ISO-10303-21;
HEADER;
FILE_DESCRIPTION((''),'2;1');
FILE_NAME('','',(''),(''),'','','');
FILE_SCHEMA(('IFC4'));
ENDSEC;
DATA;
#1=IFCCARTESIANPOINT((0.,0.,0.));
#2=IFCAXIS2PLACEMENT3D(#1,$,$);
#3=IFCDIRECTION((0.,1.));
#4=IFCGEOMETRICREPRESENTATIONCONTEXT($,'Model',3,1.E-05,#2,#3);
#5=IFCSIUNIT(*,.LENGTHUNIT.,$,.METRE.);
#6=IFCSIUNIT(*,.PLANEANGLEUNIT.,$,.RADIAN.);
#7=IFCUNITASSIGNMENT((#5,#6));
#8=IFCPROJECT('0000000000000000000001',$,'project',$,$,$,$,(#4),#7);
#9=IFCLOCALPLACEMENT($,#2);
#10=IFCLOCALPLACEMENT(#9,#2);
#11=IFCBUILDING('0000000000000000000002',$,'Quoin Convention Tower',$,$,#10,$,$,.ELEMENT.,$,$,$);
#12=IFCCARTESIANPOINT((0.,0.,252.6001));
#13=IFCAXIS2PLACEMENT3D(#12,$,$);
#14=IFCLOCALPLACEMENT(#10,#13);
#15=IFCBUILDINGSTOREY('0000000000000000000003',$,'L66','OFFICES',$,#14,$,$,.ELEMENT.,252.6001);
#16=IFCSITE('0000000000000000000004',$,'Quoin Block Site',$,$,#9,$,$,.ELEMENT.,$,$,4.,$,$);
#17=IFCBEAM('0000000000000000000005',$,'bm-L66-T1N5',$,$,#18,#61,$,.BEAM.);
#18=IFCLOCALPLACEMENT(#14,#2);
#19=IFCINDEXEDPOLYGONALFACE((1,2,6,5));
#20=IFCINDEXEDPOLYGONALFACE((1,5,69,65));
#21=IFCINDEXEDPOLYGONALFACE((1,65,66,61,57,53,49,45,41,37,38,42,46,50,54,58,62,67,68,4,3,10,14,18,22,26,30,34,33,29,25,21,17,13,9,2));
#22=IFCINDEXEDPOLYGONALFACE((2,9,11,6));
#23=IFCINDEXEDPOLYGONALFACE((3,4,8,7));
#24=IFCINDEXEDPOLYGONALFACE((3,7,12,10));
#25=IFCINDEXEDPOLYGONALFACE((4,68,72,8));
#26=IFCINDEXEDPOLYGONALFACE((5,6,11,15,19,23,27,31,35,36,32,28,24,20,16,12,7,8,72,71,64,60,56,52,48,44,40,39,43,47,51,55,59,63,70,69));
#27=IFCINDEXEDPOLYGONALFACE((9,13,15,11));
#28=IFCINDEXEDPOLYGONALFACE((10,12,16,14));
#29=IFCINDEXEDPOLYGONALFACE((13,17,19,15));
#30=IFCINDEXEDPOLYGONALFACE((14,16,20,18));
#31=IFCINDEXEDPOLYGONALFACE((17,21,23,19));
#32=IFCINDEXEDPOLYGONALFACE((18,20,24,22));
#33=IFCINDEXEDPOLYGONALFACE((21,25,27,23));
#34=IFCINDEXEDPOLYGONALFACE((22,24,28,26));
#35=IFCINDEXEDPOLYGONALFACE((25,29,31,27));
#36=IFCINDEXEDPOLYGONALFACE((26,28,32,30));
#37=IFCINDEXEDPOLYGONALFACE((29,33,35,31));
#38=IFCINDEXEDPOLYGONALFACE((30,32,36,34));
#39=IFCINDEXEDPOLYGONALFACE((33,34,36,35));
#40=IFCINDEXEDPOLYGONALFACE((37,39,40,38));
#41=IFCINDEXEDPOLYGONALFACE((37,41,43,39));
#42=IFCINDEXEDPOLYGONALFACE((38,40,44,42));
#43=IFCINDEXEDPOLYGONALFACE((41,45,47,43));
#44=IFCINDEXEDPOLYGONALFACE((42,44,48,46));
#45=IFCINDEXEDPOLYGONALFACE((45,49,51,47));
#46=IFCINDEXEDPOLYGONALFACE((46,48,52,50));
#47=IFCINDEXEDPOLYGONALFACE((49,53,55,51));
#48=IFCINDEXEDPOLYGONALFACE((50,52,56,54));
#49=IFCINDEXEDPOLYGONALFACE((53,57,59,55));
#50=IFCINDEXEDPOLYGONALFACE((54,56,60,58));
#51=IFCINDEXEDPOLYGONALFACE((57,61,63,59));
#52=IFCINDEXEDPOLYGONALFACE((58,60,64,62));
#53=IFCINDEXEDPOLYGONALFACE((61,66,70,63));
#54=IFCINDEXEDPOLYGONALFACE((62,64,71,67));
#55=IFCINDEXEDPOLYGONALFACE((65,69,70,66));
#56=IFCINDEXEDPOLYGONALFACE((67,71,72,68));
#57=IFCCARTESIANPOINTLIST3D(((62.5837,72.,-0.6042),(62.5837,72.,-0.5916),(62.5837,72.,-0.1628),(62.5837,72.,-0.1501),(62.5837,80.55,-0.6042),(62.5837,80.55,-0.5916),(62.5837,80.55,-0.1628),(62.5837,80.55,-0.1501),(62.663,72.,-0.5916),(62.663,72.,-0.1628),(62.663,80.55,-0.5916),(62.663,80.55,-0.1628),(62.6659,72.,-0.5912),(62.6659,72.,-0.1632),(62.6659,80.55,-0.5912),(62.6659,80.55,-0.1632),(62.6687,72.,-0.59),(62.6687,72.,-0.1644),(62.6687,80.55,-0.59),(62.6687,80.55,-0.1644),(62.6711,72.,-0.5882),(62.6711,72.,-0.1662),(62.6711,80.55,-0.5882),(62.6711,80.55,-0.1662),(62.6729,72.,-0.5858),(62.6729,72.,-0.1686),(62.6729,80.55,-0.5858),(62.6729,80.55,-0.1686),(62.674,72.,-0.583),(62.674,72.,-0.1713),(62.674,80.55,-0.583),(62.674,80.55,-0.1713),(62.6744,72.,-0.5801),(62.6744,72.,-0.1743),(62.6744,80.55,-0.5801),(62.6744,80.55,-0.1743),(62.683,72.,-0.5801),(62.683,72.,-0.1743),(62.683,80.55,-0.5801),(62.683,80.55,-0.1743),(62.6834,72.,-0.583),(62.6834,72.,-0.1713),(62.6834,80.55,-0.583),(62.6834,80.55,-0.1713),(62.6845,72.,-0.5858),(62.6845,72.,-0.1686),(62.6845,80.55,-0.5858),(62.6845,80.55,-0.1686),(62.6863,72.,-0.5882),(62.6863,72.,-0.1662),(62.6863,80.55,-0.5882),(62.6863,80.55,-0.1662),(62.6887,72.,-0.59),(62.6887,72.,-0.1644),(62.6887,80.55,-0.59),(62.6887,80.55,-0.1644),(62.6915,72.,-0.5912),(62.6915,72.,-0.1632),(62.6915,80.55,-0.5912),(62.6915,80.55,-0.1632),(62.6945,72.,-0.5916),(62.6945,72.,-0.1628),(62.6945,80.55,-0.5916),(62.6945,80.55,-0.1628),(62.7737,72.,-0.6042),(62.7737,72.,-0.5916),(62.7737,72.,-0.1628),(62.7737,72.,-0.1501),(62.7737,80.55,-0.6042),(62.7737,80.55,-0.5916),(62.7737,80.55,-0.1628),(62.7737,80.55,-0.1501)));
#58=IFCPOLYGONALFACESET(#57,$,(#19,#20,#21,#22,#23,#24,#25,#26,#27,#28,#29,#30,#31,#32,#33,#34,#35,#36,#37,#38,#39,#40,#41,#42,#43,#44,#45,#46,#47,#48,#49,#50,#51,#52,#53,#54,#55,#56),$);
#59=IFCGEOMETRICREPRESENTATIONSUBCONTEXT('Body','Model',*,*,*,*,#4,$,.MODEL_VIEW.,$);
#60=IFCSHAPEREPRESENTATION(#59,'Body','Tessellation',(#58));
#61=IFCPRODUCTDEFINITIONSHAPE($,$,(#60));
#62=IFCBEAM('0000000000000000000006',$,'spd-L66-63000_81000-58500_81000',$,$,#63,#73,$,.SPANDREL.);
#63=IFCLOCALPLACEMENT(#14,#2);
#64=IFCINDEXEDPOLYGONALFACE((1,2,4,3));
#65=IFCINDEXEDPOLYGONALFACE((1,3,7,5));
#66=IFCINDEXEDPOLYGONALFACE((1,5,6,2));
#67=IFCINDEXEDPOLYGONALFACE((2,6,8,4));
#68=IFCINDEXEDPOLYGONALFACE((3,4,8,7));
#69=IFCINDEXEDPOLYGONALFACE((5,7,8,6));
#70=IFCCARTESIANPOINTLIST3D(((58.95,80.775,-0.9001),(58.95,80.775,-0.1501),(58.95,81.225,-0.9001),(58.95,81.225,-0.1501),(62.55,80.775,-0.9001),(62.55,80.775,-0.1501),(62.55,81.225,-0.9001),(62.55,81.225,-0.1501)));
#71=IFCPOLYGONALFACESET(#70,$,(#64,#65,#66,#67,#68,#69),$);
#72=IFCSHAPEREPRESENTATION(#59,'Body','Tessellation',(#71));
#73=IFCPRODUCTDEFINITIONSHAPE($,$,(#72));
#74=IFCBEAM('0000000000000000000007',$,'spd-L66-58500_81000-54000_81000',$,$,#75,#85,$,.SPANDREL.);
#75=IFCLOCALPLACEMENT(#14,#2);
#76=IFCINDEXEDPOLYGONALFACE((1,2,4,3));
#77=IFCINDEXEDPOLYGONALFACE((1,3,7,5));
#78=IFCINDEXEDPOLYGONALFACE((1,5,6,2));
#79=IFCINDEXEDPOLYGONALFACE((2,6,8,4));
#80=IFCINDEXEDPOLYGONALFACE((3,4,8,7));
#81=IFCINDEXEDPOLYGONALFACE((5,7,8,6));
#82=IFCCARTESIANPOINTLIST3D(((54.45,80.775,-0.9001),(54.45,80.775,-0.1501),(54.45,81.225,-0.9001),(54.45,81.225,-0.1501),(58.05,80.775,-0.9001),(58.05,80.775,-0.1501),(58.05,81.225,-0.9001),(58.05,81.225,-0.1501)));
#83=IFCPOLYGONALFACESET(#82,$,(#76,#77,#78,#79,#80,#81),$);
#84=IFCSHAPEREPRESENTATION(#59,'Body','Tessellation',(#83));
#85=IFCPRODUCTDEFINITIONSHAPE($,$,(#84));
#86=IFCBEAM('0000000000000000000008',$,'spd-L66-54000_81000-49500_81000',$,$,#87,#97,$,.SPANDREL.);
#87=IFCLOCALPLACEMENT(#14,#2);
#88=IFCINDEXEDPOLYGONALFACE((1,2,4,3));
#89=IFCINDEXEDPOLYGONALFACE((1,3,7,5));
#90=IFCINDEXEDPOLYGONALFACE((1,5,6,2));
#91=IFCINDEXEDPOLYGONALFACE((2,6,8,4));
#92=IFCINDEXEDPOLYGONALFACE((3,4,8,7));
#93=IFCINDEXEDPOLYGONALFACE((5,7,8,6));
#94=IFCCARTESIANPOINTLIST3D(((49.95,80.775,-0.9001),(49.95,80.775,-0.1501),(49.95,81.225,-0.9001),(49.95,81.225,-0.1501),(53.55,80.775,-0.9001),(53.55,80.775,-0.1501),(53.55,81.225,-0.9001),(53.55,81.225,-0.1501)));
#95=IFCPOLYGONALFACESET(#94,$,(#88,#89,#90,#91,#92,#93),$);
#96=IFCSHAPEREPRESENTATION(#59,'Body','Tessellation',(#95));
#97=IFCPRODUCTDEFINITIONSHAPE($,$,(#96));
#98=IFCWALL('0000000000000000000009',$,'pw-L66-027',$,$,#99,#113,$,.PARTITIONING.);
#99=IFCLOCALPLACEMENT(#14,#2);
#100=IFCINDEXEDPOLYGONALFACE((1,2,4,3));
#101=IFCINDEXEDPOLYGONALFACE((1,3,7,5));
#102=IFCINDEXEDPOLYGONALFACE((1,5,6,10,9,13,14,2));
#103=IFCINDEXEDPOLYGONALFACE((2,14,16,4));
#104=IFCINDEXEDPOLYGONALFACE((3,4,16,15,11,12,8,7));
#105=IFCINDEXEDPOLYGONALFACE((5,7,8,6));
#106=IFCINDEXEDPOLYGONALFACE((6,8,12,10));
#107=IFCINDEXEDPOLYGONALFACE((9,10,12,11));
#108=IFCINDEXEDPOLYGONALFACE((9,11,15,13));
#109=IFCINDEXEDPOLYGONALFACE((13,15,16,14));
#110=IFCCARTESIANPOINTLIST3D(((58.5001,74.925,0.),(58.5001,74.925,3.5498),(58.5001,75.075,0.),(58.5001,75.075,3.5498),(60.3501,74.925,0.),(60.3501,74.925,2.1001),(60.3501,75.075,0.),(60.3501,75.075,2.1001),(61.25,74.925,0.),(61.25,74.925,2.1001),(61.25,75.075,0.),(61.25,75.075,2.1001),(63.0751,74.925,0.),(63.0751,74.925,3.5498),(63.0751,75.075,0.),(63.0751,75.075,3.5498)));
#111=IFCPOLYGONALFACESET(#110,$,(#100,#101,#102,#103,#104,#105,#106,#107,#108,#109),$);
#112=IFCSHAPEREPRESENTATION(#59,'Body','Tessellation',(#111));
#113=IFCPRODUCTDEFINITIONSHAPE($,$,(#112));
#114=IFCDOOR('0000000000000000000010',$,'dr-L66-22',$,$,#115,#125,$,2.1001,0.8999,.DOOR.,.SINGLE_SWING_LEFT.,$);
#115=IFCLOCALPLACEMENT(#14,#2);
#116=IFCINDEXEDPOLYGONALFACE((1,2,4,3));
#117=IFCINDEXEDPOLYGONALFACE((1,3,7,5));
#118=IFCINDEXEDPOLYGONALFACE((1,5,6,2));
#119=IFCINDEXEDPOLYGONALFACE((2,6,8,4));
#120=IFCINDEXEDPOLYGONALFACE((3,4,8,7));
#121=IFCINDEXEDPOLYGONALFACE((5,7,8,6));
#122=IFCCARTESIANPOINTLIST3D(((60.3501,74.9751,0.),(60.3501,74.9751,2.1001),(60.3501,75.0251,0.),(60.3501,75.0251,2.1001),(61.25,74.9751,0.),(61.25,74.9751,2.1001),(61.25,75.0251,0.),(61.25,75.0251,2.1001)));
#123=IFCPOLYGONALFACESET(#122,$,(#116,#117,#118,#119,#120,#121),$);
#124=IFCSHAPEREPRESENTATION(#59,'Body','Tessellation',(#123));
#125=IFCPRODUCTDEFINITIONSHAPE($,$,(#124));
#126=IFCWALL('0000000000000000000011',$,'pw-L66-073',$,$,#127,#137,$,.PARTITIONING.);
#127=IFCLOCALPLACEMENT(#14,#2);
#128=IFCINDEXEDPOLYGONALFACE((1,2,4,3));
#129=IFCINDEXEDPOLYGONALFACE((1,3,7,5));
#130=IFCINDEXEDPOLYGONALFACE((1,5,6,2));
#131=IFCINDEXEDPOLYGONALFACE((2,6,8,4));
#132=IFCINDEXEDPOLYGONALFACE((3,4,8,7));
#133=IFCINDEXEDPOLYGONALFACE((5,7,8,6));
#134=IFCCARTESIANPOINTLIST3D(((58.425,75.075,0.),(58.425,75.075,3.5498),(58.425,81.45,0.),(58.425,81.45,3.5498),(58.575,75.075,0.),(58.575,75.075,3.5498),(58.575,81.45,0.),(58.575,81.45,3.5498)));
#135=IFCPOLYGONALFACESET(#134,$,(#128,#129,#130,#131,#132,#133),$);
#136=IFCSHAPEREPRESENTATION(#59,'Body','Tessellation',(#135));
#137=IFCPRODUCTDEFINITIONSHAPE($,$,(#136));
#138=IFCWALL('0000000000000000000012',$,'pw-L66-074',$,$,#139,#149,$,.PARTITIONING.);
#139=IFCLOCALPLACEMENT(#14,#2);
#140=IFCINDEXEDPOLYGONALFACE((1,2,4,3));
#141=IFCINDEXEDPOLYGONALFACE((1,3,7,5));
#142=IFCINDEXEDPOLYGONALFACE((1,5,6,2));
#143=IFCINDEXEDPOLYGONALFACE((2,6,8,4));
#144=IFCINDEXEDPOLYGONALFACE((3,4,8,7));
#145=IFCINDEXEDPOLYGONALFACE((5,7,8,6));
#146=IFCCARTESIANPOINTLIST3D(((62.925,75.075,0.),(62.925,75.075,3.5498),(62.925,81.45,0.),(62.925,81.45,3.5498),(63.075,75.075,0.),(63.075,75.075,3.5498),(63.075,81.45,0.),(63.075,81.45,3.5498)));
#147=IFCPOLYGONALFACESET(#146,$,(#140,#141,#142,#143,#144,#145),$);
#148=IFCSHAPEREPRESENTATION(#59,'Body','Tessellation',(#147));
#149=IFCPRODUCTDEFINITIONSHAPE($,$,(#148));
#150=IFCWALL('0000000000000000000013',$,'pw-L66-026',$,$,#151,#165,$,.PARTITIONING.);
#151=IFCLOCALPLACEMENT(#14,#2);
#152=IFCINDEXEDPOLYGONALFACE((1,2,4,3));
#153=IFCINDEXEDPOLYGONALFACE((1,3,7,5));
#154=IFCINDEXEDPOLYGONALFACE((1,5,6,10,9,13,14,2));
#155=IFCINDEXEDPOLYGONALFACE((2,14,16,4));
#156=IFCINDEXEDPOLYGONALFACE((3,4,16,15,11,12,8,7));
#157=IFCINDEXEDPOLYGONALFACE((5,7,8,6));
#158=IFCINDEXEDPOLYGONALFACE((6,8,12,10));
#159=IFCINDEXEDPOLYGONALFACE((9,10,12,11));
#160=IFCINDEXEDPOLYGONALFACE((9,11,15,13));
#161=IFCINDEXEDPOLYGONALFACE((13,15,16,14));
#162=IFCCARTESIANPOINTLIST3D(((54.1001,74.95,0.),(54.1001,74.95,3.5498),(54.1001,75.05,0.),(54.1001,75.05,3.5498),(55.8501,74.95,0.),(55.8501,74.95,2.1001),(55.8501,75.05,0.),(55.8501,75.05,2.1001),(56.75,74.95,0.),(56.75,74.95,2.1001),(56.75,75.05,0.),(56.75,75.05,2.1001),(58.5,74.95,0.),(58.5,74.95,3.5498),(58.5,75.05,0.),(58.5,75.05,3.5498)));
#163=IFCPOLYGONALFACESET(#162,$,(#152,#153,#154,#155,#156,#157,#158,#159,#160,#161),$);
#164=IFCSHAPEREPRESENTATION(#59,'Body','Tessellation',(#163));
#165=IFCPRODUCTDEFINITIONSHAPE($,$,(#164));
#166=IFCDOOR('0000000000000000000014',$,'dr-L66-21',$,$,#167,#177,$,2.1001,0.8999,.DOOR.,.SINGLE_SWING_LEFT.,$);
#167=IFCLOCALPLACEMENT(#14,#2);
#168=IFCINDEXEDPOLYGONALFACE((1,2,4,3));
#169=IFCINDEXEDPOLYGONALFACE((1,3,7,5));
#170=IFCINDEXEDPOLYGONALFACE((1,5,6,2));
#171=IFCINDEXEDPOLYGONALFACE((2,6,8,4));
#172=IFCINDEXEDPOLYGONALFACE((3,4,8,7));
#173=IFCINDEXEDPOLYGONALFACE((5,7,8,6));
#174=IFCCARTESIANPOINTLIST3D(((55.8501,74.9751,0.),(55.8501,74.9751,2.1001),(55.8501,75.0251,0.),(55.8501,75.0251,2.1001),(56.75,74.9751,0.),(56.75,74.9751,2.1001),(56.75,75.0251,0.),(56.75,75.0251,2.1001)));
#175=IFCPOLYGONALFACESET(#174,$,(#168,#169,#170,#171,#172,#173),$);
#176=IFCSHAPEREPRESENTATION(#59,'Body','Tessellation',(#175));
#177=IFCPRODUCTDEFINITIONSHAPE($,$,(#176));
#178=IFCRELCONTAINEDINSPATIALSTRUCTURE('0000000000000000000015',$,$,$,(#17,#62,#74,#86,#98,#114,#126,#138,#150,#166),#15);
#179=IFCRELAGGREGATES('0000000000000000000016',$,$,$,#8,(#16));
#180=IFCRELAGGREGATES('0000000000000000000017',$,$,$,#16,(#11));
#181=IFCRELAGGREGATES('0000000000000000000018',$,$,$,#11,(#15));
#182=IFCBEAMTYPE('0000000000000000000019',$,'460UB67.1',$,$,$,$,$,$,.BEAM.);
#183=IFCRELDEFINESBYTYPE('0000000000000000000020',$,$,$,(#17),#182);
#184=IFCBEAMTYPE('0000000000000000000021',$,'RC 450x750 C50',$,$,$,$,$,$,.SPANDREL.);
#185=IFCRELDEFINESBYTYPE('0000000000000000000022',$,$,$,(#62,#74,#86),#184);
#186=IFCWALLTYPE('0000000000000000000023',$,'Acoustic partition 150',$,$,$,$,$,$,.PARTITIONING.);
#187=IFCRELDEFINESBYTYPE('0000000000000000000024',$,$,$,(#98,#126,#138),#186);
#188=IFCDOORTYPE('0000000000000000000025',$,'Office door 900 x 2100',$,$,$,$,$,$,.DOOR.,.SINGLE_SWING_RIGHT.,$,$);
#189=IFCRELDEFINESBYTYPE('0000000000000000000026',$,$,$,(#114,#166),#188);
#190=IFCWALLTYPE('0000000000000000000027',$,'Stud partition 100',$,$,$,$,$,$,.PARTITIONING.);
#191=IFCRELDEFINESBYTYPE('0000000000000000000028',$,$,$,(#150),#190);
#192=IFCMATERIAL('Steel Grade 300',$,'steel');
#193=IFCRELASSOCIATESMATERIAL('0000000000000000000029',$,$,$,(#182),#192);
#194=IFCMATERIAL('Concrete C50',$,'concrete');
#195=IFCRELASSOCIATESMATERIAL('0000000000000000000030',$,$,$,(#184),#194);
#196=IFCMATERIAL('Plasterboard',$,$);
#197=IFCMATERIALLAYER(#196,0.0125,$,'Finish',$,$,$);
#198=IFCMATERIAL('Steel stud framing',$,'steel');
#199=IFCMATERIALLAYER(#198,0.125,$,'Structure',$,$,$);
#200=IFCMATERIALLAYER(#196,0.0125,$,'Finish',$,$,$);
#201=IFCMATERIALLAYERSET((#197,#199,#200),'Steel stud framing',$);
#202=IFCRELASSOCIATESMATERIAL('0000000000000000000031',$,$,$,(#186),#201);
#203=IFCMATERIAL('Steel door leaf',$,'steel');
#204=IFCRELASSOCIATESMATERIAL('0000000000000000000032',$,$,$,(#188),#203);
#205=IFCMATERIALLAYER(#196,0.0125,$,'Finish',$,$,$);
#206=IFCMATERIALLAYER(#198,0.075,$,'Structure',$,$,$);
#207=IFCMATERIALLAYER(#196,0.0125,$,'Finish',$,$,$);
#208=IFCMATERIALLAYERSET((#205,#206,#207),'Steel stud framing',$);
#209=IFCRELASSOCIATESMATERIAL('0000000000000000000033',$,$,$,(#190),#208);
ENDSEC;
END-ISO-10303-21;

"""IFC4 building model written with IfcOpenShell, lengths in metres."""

from ifc_helpers import new_model, si_unit, direction, frame, frame_2d, origin, origin_2d, place, context, subcontext, project, spatial, rectangle, i_section, extrude, material, layer, layer_set, material_profile, profile_set, type_object, element, fill, save


model = new_model("IFC4")

# Units and contexts
model_context = context("Model", 3, precision=1e-05, world=origin(), true_north=direction((0.0, 1.0)))
body_context = subcontext(model_context, "Body", "Model", "MODEL_VIEW")
ifc_project = project(units=[si_unit("LENGTHUNIT", "METRE"), si_unit("PLANEANGLEUNIT", "RADIAN")], contexts=[model_context])

# Site, building, storey
site_placement = place(None, origin())
site = spatial("IfcSite", under=ifc_project, at=site_placement, Name="Quoin Block Site", CompositionType="ELEMENT", RefElevation=4.0)
building_placement = place(site_placement, origin())
building = spatial("IfcBuilding", under=site, at=building_placement, Name="Quoin Convention Tower", CompositionType="ELEMENT")
storey_placement = place(building_placement, frame((0.0, 0.0, 252.6001)))
storey = spatial("IfcBuildingStorey", under=building, at=storey_placement, Name="L66", Description="OFFICES", CompositionType="ELEMENT", Elevation=252.6001)

# Shared definitions
ifc_material_1 = material(Name="Concrete C50", Category="concrete")

# Beams
ifc_material_2 = material(Name="Steel Grade 300", Category="steel")
ifc_material_profile_1 = material_profile(ifc_material_2, i_section(OverallWidth=0.1899, OverallDepth=0.4541, WebThickness=0.0085, FlangeThickness=0.0127, FilletRadius=0.0115, at=origin_2d()), Name="460UB67.1")
ifc_profile_set_1 = profile_set([ifc_material_profile_1], Name="Steel Grade 300")
beam_type_1 = type_object("IfcBeamType", Name="460UB67.1", PredefinedType="BEAM", material=ifc_profile_set_1)
beam_placement = place(storey_placement, frame((62.6787, 72.0, -0.3772), z_axis=(0.0, 1.0, 0.0), x_axis=(-1.0, 0.0, 0.0)))
element("IfcBeam", 1, at=beam_placement, inside=storey, type_object=beam_type_1, Name="bm-L66-T1N5", PredefinedType="BEAM", context=body_context, shape_type="SweptSolid", body=[
    extrude(i_section(OverallWidth=0.1899, OverallDepth=0.4541, WebThickness=0.0085, FlangeThickness=0.0127, FilletRadius=0.0115, at=origin_2d()), origin(), (0.0, 0.0, 1.0), 8.55),
])
ifc_material_profile_2 = material_profile(ifc_material_1, rectangle(XDim=0.45, YDim=0.75, at=origin_2d()), Name="RC 450x750")
ifc_profile_set_2 = profile_set([ifc_material_profile_2], Name="Concrete C50")
beam_type_2 = type_object("IfcBeamType", Name="RC 450x750 C50", PredefinedType="SPANDREL", material=ifc_profile_set_2)
for number, where, z_axis, x_axis, name in (
    (2, (62.55, 81.0, -0.5251), (-1.0, 0.0, 0.0), (0.0, -1.0, 0.0), "spd-L66-63000_81000-58500_81000"),
    (3, (58.05, 81.0, -0.5251), (-1.0, 0.0, 0.0), (0.0, -1.0, 0.0), "spd-L66-58500_81000-54000_81000"),
    (4, (53.55, 81.0, -0.5251), (-1.0, 0.0, 0.0), (0.0, -1.0, 0.0), "spd-L66-54000_81000-49500_81000"),
):
    element("IfcBeam", number, at=place(storey_placement, frame(where, z_axis=z_axis, x_axis=x_axis)), inside=storey, type_object=beam_type_2, Name=name, PredefinedType="SPANDREL", context=body_context, shape_type="SweptSolid", body=[
        extrude(rectangle(XDim=0.45, YDim=0.75, at=origin_2d()), origin(), (0.0, 0.0, 1.0), 3.6001),
    ])

# Wall, opening, door
ifc_material_3 = material(Name="Plasterboard")
ifc_layer_1 = layer(ifc_material_3, 0.0125, Name="Finish")
ifc_material_4 = material(Name="Steel stud framing", Category="steel")
ifc_layer_2 = layer(ifc_material_4, 0.125, Name="Structure")
ifc_layer_3 = layer(ifc_material_3, 0.0125, Name="Finish")
ifc_layer_set_1 = layer_set([ifc_layer_1, ifc_layer_2, ifc_layer_3], Name="Steel stud framing")
wall_type_1 = type_object("IfcWallType", Name="Acoustic partition 150", PredefinedType="PARTITIONING", material=ifc_layer_set_1)
wall_1_placement = place(storey_placement, frame((58.5, 75.0, 0.0), z_axis=(0.0, 0.0, 1.0), x_axis=(1.0, 0.0, 0.0)))
wall_1 = element("IfcWall", 5, at=wall_1_placement, inside=storey, type_object=wall_type_1, Name="pw-L66-027", PredefinedType="PARTITIONING", context=body_context, shape_type="SweptSolid", body=[
    extrude(rectangle(XDim=4.575, YDim=0.1499, at=frame_2d((2.2876, 0.0))), origin(), (0.0, 0.0, 1.0), 3.5498),
])
opening_1_placement = place(wall_1_placement, frame((1.8501, 0.0, 0.0)))
opening_1 = element("IfcOpeningElement", 6, at=opening_1_placement, cuts=wall_1, PredefinedType="OPENING", context=body_context, shape_type="SweptSolid", body=[
    extrude(rectangle(XDim=0.8999, YDim=2.1001, at=frame_2d((0.45, 1.05))), frame((0.0, 0.085, 0.0), z_axis=(0.0, -1.0, 0.0), x_axis=(1.0, 0.0, 0.0)), (0.0, 0.0, 1.0), 0.1699),
])
ifc_material_5 = material(Name="Steel door leaf", Category="steel")
door_type = type_object("IfcDoorType", Name="Office door 900 x 2100", OperationType="SINGLE_SWING_RIGHT", PredefinedType="DOOR", material=ifc_material_5)
door_1_placement = place(opening_1_placement, frame((0.8999, 0.0, 0.0), z_axis=(0.0, 0.0, 1.0), x_axis=(-1.0, 0.0, 0.0)))
door_1 = element("IfcDoor", 7, at=door_1_placement, inside=storey, type_object=door_type, Name="dr-L66-22", OperationType="SINGLE_SWING_LEFT", OverallHeight=2.1001, OverallWidth=0.8999, PredefinedType="DOOR", context=body_context, shape_type="SweptSolid", body=[
    extrude(rectangle(XDim=0.8999, YDim=2.1001, at=frame_2d((0.45, 1.05))), frame((0.0, 0.0249, 0.0), z_axis=(0.0, -1.0, 0.0), x_axis=(1.0, 0.0, 0.0)), (0.0, 0.0, 1.0), 0.05),
])
fill(opening_1, door_1)

# Walls
for number, where, z_axis, x_axis, name in (
    (8, (58.5, 75.075, 0.0), (0.0, 0.0, 1.0), (0.0, 1.0, 0.0), "pw-L66-073"),
    (9, (63.0, 75.075, 0.0), (0.0, 0.0, 1.0), (0.0, 1.0, 0.0), "pw-L66-074"),
):
    element("IfcWall", number, at=place(storey_placement, frame(where, z_axis=z_axis, x_axis=x_axis)), inside=storey, type_object=wall_type_1, Name=name, PredefinedType="PARTITIONING", context=body_context, shape_type="SweptSolid", body=[
        extrude(rectangle(XDim=6.375, YDim=0.1499, at=frame_2d((3.1875, 0.0))), origin(), (0.0, 0.0, 1.0), 3.5498),
    ])

# Wall, opening, door
ifc_layer_4 = layer(ifc_material_3, 0.0125, Name="Finish")
ifc_layer_5 = layer(ifc_material_4, 0.075, Name="Structure")
ifc_layer_6 = layer(ifc_material_3, 0.0125, Name="Finish")
ifc_layer_set_2 = layer_set([ifc_layer_4, ifc_layer_5, ifc_layer_6], Name="Steel stud framing")
wall_type_2 = type_object("IfcWallType", Name="Stud partition 100", PredefinedType="PARTITIONING", material=ifc_layer_set_2)
wall_2_placement = place(storey_placement, frame((54.1001, 75.0, 0.0), z_axis=(0.0, 0.0, 1.0), x_axis=(1.0, 0.0, 0.0)))
wall_2 = element("IfcWall", 10, at=wall_2_placement, inside=storey, type_object=wall_type_2, Name="pw-L66-026", PredefinedType="PARTITIONING", context=body_context, shape_type="SweptSolid", body=[
    extrude(rectangle(XDim=4.3999, YDim=0.1001, at=frame_2d((2.2, 0.0))), origin(), (0.0, 0.0, 1.0), 3.5498),
])
opening_2_placement = place(wall_2_placement, frame((1.75, 0.0, 0.0)))
opening_2 = element("IfcOpeningElement", 11, at=opening_2_placement, cuts=wall_2, PredefinedType="OPENING", context=body_context, shape_type="SweptSolid", body=[
    extrude(rectangle(XDim=0.8999, YDim=2.1001, at=frame_2d((0.45, 1.05))), frame((0.0, 0.0601, 0.0), z_axis=(0.0, -1.0, 0.0), x_axis=(1.0, 0.0, 0.0)), (0.0, 0.0, 1.0), 0.1201),
])
door_2_placement = place(opening_2_placement, frame((0.8999, 0.0, 0.0), z_axis=(0.0, 0.0, 1.0), x_axis=(-1.0, 0.0, 0.0)))
door_2 = element("IfcDoor", 12, at=door_2_placement, inside=storey, type_object=door_type, Name="dr-L66-21", OperationType="SINGLE_SWING_LEFT", OverallHeight=2.1001, OverallWidth=0.8999, PredefinedType="DOOR", context=body_context, shape_type="SweptSolid", body=[
    extrude(rectangle(XDim=0.8999, YDim=2.1001, at=frame_2d((0.45, 1.05))), frame((0.0, 0.0249, 0.0), z_axis=(0.0, -1.0, 0.0), x_axis=(1.0, 0.0, 0.0)), (0.0, 0.0, 1.0), 0.05),
])
fill(opening_2, door_2)

save(model, "model.ifc")
